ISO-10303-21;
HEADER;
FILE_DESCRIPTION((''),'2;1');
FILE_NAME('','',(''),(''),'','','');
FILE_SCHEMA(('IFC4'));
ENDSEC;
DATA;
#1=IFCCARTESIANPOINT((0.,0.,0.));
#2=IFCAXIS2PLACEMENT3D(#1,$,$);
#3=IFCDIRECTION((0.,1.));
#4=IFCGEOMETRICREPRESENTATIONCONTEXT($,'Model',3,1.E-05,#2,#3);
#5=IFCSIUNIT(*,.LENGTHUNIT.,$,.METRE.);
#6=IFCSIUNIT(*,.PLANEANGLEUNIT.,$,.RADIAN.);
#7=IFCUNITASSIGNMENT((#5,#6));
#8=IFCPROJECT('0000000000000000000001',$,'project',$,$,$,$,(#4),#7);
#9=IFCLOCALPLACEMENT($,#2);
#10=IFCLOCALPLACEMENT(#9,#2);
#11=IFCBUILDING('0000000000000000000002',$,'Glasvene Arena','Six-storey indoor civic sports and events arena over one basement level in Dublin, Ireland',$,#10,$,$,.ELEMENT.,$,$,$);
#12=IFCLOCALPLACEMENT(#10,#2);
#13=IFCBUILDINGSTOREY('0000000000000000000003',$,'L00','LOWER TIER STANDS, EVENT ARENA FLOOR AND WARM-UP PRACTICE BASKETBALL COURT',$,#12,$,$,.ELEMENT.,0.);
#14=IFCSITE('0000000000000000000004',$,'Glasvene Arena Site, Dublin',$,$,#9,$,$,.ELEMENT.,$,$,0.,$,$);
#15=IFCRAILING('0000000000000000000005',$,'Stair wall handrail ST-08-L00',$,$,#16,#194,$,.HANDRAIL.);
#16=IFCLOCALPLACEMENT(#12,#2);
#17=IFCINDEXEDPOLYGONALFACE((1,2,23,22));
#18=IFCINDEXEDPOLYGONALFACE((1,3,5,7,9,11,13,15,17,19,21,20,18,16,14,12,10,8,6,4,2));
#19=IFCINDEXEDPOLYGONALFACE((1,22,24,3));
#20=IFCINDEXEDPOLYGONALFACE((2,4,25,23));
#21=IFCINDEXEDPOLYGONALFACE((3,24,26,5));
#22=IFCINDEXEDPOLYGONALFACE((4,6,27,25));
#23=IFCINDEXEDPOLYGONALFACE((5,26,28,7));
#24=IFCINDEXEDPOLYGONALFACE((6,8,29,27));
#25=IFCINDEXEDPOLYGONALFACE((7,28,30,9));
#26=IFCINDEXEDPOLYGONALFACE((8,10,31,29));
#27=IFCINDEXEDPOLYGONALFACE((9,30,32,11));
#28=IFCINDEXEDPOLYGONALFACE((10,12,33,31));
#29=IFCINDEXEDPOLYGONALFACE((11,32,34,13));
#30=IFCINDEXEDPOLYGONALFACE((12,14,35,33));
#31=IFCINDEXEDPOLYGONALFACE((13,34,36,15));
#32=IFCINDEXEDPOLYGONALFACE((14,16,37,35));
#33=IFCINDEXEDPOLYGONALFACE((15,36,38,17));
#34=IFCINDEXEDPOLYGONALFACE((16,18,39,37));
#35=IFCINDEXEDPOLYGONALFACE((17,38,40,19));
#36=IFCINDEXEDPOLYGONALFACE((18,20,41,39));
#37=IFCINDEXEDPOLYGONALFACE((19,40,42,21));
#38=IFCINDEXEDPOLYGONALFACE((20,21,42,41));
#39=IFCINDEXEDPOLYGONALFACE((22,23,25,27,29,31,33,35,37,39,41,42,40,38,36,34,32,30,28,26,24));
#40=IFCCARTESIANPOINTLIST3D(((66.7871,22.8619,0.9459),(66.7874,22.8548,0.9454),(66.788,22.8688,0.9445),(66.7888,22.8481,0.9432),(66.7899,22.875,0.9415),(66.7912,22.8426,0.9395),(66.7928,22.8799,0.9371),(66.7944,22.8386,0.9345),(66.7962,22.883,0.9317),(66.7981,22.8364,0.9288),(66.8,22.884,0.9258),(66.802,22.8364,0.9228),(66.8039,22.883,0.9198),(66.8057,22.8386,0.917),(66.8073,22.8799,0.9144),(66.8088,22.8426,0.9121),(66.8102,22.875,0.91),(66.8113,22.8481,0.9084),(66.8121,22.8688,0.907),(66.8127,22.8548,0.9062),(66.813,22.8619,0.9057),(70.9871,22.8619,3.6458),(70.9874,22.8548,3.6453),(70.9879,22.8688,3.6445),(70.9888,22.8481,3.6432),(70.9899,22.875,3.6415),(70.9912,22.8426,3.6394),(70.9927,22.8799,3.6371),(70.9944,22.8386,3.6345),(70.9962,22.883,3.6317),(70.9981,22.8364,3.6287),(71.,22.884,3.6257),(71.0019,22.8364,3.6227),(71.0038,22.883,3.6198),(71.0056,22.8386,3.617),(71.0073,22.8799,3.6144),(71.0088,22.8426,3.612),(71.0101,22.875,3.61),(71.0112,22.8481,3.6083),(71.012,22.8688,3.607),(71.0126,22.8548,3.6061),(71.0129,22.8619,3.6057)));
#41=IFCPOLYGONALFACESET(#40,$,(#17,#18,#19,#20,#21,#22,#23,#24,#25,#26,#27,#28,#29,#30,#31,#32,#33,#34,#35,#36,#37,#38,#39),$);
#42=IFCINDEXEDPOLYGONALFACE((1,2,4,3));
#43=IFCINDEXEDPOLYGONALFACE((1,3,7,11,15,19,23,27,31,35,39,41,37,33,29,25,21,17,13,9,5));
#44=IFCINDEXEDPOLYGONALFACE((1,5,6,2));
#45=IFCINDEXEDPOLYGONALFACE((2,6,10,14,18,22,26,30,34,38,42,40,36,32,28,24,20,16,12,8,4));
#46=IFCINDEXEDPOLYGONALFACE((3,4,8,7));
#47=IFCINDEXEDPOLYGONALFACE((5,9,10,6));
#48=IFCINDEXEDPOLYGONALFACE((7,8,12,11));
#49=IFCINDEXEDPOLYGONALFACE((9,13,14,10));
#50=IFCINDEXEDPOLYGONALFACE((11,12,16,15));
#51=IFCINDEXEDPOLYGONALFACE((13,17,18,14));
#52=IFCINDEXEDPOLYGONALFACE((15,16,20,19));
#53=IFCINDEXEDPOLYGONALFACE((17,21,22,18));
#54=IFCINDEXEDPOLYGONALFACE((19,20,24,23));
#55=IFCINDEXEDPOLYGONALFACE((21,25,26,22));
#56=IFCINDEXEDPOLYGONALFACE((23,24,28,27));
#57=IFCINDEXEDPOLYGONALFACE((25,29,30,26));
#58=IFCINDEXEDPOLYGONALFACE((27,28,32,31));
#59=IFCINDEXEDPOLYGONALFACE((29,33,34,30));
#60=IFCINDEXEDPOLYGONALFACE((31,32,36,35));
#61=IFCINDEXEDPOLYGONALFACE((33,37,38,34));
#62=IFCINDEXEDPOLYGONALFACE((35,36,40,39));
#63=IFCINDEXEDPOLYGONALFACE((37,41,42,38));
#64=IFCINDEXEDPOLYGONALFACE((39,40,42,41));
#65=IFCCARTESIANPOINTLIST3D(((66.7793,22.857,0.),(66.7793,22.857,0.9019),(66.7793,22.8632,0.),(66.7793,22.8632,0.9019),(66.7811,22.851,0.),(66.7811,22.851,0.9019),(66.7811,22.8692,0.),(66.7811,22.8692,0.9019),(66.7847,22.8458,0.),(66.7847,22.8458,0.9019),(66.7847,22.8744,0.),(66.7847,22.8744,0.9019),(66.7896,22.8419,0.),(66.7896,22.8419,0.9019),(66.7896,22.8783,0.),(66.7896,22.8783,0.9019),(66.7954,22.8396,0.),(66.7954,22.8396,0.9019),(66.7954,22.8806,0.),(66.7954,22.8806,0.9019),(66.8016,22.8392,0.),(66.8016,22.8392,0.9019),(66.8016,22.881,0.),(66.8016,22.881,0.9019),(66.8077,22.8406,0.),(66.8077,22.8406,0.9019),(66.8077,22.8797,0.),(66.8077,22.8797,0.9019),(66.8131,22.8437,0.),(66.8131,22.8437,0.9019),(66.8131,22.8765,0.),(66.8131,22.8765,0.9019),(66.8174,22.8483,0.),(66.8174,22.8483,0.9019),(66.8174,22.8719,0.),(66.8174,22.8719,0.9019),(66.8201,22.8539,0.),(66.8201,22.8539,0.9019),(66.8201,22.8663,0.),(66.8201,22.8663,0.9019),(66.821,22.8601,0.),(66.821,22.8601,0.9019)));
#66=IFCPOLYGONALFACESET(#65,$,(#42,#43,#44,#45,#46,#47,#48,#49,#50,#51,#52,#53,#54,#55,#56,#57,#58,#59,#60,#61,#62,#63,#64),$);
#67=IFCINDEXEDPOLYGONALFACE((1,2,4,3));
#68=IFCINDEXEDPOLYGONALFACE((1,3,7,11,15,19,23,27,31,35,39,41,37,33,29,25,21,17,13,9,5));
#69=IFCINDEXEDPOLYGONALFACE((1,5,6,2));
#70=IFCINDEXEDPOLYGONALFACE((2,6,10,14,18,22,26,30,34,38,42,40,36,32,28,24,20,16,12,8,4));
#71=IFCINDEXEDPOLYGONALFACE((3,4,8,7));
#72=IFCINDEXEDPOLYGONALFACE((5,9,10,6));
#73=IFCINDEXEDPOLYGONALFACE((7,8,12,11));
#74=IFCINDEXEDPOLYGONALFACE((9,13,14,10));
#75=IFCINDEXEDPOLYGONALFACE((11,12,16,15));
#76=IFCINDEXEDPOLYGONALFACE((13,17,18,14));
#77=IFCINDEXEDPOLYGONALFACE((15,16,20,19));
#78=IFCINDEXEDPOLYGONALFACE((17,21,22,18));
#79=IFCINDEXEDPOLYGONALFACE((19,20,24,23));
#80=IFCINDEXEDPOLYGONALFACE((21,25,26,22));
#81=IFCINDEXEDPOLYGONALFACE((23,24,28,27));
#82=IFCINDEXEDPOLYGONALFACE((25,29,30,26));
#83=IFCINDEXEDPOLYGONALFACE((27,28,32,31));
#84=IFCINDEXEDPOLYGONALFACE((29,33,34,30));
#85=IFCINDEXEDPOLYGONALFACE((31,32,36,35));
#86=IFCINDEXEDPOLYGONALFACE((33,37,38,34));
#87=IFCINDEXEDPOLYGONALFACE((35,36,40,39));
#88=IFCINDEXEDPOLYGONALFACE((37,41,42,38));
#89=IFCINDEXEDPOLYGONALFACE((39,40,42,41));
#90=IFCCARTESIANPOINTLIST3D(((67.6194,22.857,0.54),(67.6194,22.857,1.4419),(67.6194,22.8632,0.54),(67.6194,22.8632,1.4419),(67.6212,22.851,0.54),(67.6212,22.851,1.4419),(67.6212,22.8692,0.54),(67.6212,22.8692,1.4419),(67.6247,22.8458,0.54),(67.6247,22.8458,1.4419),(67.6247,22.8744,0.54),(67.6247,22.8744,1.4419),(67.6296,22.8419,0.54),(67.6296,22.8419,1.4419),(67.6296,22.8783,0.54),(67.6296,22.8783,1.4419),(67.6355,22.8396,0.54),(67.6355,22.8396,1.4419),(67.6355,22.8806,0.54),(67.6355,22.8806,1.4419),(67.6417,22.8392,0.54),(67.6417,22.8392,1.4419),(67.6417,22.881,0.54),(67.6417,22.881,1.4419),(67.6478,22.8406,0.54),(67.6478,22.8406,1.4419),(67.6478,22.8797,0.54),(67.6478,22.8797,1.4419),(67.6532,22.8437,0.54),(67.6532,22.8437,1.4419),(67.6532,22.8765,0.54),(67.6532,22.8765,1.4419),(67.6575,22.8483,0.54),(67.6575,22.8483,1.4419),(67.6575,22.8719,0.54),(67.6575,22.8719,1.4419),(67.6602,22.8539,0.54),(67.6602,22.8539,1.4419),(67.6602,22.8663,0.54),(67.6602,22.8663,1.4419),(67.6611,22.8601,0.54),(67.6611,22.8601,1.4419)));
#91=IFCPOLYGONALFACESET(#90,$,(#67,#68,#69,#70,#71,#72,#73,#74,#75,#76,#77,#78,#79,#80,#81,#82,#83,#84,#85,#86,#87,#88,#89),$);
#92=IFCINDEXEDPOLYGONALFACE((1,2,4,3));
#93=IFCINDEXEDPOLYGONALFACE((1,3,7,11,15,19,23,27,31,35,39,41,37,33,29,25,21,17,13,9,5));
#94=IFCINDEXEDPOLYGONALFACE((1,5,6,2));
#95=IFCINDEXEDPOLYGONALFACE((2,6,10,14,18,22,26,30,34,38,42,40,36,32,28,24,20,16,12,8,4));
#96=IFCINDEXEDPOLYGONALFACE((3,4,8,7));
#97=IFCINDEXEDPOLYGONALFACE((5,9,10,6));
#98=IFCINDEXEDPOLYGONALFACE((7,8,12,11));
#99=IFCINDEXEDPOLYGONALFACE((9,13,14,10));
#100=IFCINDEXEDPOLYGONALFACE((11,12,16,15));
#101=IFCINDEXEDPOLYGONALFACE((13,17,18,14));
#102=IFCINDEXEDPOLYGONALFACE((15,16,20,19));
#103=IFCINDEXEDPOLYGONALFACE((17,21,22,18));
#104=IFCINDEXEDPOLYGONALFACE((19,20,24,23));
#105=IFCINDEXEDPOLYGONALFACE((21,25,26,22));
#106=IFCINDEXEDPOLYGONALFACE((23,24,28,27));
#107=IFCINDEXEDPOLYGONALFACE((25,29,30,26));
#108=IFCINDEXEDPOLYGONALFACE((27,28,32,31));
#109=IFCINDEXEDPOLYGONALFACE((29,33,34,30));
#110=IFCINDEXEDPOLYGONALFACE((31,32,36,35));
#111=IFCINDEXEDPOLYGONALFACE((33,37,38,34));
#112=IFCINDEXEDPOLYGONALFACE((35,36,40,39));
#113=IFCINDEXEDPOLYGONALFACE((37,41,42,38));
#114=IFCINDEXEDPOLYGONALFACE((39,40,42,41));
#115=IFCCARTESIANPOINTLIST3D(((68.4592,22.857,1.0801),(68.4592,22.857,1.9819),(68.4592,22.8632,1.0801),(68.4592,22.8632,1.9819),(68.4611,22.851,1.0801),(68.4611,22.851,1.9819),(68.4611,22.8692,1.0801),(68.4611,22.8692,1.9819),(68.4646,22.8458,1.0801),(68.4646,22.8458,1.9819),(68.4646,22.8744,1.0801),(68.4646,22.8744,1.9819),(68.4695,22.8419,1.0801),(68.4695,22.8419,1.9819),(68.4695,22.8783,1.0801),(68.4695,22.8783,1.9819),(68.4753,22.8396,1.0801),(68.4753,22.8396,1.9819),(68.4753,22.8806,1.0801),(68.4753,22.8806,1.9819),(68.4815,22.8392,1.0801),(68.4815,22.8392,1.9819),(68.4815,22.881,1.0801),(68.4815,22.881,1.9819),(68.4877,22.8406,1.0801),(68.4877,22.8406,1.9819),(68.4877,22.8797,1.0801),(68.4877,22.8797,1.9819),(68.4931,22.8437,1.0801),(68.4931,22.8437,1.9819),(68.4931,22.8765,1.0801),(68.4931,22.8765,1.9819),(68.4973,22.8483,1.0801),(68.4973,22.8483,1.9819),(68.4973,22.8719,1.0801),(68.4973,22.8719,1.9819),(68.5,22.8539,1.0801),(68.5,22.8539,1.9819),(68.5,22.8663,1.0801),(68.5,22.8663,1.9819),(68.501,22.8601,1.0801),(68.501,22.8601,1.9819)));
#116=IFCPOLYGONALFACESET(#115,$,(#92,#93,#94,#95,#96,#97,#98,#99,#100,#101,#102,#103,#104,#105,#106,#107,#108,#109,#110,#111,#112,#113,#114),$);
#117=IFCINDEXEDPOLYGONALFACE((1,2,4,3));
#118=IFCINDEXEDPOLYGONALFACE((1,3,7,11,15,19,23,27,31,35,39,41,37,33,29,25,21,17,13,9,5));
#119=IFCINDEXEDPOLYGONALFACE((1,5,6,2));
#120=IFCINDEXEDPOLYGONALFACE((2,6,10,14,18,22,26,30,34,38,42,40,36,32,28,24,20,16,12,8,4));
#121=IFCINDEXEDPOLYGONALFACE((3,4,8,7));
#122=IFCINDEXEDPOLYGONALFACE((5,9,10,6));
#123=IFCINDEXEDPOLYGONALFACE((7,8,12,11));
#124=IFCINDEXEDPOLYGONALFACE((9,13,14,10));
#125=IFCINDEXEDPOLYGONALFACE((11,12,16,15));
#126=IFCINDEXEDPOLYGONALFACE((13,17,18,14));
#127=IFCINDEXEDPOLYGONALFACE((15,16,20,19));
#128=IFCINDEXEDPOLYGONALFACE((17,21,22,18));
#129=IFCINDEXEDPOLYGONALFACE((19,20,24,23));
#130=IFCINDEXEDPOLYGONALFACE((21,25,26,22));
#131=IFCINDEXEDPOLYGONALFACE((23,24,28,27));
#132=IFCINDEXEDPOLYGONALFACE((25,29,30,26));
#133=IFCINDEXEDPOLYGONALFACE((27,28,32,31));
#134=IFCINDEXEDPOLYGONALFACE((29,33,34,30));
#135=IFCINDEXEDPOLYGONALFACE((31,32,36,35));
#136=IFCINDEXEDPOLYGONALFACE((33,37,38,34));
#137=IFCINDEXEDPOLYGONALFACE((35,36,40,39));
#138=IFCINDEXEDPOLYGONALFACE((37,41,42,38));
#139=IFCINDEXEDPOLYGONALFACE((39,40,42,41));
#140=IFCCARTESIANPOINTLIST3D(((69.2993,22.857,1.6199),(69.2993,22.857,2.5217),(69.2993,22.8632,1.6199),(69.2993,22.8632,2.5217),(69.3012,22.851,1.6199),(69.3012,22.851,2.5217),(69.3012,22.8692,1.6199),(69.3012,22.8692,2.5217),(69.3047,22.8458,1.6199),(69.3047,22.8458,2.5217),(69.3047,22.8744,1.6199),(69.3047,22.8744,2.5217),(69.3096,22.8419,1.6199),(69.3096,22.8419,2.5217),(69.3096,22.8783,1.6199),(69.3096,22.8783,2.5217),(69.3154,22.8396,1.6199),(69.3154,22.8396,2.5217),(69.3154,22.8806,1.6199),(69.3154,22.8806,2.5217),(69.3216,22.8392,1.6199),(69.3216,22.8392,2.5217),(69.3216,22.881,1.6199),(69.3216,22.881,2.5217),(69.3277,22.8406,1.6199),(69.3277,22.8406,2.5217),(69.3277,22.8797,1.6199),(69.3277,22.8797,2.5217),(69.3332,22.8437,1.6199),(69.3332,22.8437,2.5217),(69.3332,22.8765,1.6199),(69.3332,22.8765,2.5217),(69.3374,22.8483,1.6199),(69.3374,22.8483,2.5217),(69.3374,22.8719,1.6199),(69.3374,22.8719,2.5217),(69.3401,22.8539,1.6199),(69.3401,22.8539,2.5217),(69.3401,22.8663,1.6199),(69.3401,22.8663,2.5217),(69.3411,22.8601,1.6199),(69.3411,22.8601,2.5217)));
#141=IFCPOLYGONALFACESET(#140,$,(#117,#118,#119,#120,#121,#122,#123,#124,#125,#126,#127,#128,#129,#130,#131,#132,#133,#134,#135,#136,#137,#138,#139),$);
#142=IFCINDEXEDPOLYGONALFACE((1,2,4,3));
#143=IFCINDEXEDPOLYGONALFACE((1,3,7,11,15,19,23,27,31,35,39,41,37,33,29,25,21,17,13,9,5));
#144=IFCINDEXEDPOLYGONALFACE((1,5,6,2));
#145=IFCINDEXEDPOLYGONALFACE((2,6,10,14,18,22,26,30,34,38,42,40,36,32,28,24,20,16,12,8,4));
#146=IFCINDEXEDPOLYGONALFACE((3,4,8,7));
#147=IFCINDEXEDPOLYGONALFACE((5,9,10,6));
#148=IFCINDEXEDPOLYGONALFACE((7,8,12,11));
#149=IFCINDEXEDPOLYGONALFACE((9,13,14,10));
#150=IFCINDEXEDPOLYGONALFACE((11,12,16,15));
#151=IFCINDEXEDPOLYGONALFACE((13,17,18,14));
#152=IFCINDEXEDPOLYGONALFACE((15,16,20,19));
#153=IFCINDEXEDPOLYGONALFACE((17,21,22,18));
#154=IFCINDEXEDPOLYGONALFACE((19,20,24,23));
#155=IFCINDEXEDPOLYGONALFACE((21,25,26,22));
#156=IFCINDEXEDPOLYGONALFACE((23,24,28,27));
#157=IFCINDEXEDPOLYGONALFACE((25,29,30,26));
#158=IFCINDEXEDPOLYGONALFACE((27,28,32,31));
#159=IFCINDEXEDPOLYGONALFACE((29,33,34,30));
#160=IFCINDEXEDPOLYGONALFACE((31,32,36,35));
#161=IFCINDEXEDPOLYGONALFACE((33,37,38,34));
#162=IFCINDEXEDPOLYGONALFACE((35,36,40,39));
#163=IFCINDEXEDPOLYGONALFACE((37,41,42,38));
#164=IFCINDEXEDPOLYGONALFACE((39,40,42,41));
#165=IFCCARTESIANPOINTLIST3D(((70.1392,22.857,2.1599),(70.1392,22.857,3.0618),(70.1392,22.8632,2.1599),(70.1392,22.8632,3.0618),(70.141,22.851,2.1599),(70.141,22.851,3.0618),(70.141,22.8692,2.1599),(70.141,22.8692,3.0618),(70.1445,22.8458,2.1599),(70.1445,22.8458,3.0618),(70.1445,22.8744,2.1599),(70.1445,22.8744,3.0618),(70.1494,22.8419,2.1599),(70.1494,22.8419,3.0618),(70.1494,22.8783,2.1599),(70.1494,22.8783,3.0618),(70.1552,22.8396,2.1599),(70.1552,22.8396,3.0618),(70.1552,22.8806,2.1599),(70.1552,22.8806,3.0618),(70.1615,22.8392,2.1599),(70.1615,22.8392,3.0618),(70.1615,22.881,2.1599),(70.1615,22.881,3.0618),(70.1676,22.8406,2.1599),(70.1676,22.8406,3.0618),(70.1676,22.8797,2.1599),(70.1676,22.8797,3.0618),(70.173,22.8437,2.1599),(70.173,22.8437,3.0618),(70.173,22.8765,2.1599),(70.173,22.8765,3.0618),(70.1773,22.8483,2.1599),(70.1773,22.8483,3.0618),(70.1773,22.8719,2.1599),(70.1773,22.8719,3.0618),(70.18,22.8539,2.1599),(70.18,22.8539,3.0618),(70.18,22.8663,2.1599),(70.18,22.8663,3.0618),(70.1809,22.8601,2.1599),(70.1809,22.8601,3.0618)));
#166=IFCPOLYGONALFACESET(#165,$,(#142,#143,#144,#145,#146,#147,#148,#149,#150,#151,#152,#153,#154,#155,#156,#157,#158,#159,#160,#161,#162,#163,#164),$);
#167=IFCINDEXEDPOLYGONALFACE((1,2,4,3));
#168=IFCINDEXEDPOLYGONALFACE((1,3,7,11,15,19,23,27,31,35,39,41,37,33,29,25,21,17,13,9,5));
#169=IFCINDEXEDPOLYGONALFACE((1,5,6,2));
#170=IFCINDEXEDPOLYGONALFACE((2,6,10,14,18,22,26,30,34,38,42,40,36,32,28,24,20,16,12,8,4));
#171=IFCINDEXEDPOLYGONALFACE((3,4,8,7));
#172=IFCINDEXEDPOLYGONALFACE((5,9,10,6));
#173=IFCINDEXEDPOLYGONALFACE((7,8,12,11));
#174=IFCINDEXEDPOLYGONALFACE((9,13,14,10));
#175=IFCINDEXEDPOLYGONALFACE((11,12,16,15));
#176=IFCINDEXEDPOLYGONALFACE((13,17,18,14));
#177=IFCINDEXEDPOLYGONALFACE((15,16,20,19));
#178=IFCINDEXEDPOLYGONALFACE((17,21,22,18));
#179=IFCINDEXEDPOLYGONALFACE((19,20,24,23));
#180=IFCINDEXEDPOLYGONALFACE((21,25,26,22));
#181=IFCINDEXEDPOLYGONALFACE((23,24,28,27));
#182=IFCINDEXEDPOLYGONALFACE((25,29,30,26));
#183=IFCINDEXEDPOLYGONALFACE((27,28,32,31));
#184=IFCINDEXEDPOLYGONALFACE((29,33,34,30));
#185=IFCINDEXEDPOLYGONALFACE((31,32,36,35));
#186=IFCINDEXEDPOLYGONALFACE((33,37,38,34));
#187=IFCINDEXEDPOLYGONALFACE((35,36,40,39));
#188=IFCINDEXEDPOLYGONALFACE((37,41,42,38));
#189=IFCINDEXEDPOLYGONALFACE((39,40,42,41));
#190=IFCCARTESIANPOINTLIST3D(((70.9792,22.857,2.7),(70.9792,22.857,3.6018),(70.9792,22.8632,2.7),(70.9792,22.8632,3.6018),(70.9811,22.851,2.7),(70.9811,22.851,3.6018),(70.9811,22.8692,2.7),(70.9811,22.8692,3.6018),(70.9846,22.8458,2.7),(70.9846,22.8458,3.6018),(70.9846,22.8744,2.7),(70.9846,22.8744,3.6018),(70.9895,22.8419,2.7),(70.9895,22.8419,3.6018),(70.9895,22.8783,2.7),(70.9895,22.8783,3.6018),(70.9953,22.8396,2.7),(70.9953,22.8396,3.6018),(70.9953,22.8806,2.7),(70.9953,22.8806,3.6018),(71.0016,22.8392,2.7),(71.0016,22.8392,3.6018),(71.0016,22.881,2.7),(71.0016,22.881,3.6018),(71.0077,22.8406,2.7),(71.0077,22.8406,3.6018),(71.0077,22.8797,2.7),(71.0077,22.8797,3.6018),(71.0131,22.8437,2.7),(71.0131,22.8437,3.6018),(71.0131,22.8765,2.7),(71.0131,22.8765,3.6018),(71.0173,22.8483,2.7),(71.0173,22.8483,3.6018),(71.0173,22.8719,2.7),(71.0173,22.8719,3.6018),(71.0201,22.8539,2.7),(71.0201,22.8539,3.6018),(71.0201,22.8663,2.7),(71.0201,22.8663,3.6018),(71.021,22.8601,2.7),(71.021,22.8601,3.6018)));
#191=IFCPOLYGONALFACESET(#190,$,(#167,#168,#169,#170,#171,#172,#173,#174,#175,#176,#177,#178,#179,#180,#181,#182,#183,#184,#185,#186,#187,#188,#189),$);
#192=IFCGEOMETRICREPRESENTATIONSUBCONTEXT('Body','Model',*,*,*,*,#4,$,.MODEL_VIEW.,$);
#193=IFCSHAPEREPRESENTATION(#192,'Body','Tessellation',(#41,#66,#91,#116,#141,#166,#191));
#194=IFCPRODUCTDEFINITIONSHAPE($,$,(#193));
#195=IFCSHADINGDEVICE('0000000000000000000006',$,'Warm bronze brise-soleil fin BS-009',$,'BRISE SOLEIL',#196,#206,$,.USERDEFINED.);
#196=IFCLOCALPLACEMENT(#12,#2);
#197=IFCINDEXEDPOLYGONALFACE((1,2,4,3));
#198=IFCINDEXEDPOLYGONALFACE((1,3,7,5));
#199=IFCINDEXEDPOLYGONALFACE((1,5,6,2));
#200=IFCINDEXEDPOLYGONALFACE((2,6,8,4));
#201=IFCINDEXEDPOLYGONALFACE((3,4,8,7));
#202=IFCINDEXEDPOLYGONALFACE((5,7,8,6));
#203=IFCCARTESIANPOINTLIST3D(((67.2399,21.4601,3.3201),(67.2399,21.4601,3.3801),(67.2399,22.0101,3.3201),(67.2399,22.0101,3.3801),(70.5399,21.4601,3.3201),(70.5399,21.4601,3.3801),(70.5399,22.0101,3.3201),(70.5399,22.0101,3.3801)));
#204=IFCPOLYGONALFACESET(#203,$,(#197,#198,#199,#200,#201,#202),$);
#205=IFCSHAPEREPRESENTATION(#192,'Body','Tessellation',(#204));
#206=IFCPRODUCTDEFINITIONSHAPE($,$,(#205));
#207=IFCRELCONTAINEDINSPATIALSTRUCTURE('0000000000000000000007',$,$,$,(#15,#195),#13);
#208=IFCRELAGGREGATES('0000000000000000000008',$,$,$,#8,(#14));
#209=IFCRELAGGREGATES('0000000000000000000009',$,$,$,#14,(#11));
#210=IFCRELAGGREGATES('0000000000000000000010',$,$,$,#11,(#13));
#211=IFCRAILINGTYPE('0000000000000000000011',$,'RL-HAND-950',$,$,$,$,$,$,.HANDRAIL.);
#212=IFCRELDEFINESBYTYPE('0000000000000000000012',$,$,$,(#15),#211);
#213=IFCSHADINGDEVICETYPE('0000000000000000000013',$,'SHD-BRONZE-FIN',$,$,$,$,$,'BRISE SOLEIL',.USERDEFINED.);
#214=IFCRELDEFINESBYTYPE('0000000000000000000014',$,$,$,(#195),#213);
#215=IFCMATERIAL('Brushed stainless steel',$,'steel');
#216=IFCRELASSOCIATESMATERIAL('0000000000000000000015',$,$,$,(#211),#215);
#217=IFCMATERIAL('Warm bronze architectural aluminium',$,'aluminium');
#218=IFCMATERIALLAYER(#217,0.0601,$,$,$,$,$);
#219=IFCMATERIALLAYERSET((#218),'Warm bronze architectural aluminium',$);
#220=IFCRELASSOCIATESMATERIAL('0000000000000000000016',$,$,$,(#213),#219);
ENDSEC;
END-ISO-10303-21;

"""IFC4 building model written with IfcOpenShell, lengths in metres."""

from ifc_helpers import new_model, si_unit, direction, frame, origin, origin_2d, place, context, subcontext, project, spatial, rectangle, circle, extrude, material, layer, layer_set, type_object, element, save


model = new_model("IFC4")

# Units and contexts
model_context = context("Model", 3, precision=1e-05, world=origin(), true_north=direction((0.0, 1.0)))
body_context = subcontext(model_context, "Body", "Model", "MODEL_VIEW")
ifc_project = project(units=[si_unit("LENGTHUNIT", "METRE"), si_unit("PLANEANGLEUNIT", "RADIAN")], contexts=[model_context])

# Site, building, storey
site_placement = place(None, origin())
site = spatial("IfcSite", under=ifc_project, at=site_placement, Name="Glasvene Arena Site, Dublin", CompositionType="ELEMENT", RefElevation=0.0)
building_placement = place(site_placement, origin())
building = spatial("IfcBuilding", under=site, at=building_placement, Name="Glasvene Arena", Description="Six-storey indoor civic sports and events arena over one basement level in Dublin, Ireland", CompositionType="ELEMENT")
storey_placement = place(building_placement, origin())
storey = spatial("IfcBuildingStorey", under=building, at=storey_placement, Name="L00", Description="LOWER TIER STANDS, EVENT ARENA FLOOR AND WARM-UP PRACTICE BASKETBALL COURT", CompositionType="ELEMENT", Elevation=0.0)

# Railing
ifc_material_1 = material(Name="Brushed stainless steel", Category="steel")
railing_type_1 = type_object("IfcRailingType", Name="RL-HAND-950", PredefinedType="HANDRAIL", material=ifc_material_1)
railing_1_placement = place(storey_placement, frame((66.8, 22.8601, 0.0)))
element("IfcRailing", 1, at=railing_1_placement, inside=storey, type_object=railing_type_1, Name="Stair wall handrail ST-08-L00", PredefinedType="HANDRAIL", context=body_context, shape_type="SweptSolid", body=[
    extrude(circle(Radius=0.0239, at=origin_2d()), frame((0.0, 0.0, 0.9258), z_axis=(0.84118, 0.0, 0.540755), x_axis=(0.0, 1.0, 0.0)), (0.0, 0.0, 1.0), 4.9929),
    extrude(circle(Radius=0.021, at=origin_2d()), origin(), (0.0, 0.0, 1.0), 0.9019),
    extrude(circle(Radius=0.021, at=origin_2d()), frame((0.8401, 0.0, 0.54)), (0.0, 0.0, 1.0), 0.9019),
    extrude(circle(Radius=0.021, at=origin_2d()), frame((1.6799, 0.0, 1.0801)), (0.0, 0.0, 1.0), 0.9019),
    extrude(circle(Radius=0.021, at=origin_2d()), frame((2.52, 0.0, 1.6199)), (0.0, 0.0, 1.0), 0.9019),
    extrude(circle(Radius=0.021, at=origin_2d()), frame((3.3599, 0.0, 2.1599)), (0.0, 0.0, 1.0), 0.9019),
    extrude(circle(Radius=0.021, at=origin_2d()), frame((4.2, 0.0, 2.7)), (0.0, 0.0, 1.0), 0.9019),
])

# Shading device
ifc_material_2 = material(Name="Warm bronze architectural aluminium", Category="aluminium")
ifc_layer_1 = layer(ifc_material_2, 0.0601)
ifc_layer_set_1 = layer_set([ifc_layer_1], Name="Warm bronze architectural aluminium")
shading_device_type = type_object("IfcShadingDeviceType", Name="SHD-BRONZE-FIN", ElementType="BRISE SOLEIL", PredefinedType="USERDEFINED", material=ifc_layer_set_1)
shading_device_placement = place(storey_placement, frame((68.8899, 21.7351, 3.3201), z_axis=(0.0, 0.0, 1.0), x_axis=(-1.0, 0.0, 0.0)))
element("IfcShadingDevice", 2, at=shading_device_placement, inside=storey, type_object=shading_device_type, Name="Warm bronze brise-soleil fin BS-009", ObjectType="BRISE SOLEIL", PredefinedType="USERDEFINED", context=body_context, shape_type="SweptSolid", body=[
    extrude(rectangle(XDim=3.3, YDim=0.55, at=origin_2d()), origin(), (0.0, 0.0, 1.0), 0.0601),
])

save(model, "model.ifc")
